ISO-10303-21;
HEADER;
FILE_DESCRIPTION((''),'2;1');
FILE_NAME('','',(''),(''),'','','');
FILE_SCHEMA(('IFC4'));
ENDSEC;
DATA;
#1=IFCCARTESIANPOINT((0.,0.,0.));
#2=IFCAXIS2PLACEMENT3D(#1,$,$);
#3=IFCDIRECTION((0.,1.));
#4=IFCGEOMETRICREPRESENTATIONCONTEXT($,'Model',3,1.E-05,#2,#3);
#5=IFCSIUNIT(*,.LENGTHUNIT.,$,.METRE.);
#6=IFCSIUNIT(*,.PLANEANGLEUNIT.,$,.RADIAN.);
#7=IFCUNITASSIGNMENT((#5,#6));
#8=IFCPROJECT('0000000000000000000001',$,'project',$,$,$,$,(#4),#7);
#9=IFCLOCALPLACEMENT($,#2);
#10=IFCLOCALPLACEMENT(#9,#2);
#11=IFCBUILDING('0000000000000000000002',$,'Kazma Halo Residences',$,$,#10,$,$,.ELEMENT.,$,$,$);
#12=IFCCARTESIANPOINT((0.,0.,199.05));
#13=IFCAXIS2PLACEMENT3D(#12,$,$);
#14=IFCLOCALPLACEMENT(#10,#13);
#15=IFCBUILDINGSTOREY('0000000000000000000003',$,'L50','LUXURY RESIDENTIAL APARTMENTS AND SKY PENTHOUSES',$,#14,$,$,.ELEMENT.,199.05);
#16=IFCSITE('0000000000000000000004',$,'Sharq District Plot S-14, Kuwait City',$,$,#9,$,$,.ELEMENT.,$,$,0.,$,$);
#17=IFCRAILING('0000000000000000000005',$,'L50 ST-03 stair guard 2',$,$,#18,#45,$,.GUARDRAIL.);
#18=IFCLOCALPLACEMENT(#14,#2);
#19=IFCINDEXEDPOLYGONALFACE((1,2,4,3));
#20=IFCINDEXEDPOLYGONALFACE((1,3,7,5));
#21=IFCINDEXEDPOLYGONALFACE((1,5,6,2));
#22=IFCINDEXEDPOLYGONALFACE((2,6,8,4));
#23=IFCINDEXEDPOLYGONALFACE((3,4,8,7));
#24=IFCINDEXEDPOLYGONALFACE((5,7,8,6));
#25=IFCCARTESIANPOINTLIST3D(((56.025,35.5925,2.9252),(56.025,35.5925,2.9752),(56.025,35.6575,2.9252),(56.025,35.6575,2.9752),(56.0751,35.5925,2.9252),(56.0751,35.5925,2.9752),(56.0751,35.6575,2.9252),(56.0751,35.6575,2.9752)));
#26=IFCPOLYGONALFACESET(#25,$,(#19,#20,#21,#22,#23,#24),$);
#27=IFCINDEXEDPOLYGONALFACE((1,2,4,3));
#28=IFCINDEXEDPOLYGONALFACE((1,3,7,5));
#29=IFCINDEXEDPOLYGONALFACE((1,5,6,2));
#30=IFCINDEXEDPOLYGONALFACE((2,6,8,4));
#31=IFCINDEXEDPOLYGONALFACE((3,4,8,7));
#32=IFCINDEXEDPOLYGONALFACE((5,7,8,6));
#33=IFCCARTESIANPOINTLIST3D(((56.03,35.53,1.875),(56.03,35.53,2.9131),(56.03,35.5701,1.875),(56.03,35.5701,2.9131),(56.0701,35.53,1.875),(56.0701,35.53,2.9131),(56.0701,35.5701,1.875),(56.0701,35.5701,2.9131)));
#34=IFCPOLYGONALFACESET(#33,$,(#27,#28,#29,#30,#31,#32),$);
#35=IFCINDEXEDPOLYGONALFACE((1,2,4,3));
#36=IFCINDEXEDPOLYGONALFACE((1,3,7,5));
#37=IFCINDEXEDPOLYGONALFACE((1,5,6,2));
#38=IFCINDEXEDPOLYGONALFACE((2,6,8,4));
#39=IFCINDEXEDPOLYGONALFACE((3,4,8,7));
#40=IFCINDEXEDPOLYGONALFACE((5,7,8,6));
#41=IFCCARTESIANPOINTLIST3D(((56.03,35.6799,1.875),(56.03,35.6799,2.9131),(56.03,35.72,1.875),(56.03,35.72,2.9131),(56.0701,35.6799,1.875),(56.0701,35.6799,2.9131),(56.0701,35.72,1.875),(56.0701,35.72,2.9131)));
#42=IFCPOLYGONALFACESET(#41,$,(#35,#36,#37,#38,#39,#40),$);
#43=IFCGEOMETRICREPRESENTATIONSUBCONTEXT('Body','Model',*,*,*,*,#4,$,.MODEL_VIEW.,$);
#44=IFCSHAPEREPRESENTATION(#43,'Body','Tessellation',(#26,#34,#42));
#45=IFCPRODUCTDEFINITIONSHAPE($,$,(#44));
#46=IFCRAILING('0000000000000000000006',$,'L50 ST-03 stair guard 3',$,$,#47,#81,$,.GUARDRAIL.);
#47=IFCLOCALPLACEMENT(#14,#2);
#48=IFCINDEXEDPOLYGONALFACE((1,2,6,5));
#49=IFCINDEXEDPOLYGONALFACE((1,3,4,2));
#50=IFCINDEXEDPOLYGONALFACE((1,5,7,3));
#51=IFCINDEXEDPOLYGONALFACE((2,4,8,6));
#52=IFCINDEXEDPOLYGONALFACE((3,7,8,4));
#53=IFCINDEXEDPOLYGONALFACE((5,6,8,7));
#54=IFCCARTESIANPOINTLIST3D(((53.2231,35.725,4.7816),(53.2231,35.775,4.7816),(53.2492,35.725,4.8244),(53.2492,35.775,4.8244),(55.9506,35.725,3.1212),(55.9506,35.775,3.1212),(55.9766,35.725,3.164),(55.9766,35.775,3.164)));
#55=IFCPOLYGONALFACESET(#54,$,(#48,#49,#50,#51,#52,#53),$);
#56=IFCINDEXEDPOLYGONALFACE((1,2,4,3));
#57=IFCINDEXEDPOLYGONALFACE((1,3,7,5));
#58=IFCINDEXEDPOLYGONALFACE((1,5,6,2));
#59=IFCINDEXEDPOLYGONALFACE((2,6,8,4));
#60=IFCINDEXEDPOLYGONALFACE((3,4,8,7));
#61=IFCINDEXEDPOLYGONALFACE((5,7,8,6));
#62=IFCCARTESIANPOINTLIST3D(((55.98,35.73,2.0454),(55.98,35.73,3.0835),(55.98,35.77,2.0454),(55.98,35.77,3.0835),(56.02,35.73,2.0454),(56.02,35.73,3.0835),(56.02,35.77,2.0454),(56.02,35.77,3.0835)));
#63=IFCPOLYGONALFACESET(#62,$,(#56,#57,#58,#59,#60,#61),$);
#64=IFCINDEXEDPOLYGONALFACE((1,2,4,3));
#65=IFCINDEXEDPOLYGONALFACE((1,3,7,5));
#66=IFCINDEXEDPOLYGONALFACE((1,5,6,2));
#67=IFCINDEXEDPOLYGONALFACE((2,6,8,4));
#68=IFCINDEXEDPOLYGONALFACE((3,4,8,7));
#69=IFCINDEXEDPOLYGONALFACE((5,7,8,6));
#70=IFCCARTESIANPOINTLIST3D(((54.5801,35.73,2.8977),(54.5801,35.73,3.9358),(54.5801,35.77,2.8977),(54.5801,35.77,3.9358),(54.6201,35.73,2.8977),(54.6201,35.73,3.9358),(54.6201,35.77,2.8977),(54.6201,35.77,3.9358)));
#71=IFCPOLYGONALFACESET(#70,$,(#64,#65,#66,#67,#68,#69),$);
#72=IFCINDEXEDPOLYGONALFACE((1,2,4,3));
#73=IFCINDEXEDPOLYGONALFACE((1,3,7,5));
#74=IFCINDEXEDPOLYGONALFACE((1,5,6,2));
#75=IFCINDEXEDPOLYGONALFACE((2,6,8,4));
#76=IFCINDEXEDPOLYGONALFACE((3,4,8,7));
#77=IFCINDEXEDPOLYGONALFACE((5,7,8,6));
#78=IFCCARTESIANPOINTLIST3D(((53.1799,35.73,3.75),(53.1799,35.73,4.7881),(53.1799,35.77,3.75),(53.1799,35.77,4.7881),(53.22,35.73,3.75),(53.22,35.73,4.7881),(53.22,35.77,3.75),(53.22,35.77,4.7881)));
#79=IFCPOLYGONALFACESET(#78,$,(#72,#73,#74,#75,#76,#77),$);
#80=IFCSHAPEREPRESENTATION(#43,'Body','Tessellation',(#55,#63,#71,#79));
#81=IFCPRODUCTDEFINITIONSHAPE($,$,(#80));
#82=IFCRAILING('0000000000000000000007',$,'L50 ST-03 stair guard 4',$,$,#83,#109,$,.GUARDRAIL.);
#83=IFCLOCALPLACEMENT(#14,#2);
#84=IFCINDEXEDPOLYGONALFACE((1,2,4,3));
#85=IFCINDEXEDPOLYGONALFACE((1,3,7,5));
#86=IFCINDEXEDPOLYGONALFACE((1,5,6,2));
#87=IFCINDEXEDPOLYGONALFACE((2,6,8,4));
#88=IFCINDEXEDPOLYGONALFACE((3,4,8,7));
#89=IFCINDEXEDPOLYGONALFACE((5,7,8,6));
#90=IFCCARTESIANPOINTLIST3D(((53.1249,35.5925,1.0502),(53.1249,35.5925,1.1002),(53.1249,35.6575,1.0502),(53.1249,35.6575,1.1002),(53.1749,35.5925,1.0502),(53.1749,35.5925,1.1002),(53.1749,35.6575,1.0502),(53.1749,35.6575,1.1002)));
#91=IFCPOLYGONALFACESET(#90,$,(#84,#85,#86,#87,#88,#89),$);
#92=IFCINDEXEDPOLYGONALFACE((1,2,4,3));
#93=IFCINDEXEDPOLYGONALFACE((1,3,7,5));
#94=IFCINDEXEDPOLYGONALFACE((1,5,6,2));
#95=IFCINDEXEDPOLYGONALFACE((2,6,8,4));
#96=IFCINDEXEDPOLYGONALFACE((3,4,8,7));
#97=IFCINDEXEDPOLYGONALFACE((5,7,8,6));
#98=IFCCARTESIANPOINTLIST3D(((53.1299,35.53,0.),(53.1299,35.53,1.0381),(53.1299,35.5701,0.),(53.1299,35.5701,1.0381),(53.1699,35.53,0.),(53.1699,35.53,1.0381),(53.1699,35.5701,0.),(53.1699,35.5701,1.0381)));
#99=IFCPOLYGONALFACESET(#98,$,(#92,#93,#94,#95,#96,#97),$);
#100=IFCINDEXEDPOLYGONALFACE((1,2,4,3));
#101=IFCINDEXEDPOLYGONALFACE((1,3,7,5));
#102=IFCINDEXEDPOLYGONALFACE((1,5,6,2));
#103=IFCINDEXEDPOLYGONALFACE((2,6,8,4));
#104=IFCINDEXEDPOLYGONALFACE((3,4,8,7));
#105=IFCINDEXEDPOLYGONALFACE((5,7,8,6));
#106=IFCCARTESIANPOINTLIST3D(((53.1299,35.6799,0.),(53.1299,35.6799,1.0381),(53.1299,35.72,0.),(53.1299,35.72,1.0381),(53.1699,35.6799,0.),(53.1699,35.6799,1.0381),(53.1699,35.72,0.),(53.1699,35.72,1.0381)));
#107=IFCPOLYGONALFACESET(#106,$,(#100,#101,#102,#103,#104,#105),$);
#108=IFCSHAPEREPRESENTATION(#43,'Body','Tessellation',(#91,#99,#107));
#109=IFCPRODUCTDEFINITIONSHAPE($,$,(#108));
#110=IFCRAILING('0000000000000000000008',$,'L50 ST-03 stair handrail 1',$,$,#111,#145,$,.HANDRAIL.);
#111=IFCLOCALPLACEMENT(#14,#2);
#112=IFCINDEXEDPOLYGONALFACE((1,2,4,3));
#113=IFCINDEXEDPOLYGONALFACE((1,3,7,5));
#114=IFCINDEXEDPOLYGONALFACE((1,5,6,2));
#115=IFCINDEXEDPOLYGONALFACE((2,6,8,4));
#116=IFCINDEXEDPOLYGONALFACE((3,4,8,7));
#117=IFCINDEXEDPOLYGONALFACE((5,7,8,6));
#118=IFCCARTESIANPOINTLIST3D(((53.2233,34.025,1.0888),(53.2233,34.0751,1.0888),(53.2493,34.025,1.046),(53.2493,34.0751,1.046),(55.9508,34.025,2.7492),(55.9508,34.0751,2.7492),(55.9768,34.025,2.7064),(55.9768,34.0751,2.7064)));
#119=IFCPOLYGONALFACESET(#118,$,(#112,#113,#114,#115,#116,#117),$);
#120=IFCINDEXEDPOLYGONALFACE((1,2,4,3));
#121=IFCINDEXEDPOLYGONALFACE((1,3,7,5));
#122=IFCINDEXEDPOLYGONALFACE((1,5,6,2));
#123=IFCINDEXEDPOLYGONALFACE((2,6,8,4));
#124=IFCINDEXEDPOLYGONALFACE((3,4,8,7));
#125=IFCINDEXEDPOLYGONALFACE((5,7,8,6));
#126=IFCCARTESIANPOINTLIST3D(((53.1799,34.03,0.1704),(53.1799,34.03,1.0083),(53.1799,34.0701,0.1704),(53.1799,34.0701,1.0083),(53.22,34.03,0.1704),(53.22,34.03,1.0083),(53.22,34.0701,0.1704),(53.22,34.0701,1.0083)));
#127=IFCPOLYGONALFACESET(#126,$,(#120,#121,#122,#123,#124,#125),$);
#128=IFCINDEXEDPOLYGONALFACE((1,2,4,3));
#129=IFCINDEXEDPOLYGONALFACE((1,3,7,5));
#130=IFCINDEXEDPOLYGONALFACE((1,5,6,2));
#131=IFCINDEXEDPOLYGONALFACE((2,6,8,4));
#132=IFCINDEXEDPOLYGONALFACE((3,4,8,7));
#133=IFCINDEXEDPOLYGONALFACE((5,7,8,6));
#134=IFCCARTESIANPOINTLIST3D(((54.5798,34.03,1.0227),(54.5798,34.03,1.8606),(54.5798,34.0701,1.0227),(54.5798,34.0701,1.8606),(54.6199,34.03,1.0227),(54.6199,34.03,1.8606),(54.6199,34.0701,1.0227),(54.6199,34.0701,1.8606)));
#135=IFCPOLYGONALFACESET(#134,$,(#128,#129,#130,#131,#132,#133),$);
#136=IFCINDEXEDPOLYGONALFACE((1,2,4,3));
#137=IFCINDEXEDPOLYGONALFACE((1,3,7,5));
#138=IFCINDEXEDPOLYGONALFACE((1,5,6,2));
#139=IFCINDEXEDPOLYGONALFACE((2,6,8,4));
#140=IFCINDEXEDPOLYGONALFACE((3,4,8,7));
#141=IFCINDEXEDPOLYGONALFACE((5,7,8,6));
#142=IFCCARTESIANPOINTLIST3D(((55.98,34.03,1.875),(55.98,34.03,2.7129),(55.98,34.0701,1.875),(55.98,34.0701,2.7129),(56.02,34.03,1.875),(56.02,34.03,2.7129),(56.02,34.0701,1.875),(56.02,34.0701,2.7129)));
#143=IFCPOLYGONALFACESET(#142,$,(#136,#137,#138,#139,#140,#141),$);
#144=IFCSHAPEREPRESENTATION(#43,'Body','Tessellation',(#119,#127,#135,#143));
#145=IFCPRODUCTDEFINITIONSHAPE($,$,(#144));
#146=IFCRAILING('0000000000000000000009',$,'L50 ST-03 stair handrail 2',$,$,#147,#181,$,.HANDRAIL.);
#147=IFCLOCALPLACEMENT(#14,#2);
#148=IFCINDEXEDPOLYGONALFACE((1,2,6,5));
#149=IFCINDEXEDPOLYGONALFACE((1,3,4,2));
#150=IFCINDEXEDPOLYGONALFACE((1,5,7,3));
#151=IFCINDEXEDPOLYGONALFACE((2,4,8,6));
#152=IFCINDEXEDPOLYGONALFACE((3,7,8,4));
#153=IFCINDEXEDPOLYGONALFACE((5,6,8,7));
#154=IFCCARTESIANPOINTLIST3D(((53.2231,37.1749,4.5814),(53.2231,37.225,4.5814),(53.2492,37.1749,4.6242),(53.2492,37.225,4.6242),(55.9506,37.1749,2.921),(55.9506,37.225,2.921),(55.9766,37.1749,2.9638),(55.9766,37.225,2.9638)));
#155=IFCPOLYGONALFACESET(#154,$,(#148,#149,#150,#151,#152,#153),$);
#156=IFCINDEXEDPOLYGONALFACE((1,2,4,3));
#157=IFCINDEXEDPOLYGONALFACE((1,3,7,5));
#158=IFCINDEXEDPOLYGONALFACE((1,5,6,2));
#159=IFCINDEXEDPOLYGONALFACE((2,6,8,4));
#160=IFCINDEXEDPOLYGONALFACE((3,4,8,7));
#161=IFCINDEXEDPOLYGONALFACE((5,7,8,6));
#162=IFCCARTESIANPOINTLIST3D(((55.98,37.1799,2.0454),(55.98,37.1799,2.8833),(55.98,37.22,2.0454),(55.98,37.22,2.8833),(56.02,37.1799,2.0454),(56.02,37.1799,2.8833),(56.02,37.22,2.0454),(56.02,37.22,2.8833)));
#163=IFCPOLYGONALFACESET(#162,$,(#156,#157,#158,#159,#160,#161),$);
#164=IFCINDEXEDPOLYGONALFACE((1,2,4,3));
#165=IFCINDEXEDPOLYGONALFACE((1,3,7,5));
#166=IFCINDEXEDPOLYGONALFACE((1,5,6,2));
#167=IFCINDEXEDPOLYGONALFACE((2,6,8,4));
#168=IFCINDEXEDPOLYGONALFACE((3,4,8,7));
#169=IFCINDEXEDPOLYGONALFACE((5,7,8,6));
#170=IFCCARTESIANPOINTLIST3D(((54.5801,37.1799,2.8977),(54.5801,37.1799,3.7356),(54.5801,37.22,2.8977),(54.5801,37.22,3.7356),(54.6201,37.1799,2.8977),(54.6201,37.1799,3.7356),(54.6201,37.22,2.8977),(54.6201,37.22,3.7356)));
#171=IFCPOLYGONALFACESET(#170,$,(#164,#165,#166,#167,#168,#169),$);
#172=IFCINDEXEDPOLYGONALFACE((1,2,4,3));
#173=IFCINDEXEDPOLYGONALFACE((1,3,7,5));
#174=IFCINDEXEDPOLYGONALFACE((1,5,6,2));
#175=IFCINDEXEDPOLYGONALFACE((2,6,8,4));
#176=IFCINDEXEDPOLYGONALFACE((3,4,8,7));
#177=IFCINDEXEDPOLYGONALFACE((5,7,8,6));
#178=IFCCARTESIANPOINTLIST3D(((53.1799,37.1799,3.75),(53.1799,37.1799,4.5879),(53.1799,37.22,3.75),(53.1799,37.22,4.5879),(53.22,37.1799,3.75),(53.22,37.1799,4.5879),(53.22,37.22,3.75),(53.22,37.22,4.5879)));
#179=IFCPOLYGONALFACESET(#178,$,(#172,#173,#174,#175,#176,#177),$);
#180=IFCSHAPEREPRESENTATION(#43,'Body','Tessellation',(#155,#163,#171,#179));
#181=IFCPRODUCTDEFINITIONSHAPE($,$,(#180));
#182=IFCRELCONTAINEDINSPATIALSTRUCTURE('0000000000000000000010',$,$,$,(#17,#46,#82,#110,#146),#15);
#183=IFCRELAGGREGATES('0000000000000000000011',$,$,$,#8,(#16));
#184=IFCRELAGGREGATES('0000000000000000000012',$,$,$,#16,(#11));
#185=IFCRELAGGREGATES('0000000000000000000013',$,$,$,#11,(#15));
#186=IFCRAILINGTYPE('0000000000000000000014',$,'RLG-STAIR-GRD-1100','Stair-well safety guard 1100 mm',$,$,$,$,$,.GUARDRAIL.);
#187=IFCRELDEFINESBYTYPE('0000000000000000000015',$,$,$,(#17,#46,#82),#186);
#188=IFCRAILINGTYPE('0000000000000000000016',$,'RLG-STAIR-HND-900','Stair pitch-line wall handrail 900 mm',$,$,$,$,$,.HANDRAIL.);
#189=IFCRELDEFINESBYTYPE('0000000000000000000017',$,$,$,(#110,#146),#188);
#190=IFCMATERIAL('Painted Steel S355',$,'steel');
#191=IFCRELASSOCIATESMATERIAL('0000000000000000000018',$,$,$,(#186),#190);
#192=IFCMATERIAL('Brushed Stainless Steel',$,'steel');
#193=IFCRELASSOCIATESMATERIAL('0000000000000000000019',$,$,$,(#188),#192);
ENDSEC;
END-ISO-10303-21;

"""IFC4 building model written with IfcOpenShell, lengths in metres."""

from ifc_helpers import new_model, si_unit, direction, frame, origin, origin_2d, place, context, subcontext, project, spatial, rectangle, extrude, material, type_object, element, save


model = new_model("IFC4")

# Units and contexts
model_context = context("Model", 3, precision=1e-05, world=origin(), true_north=direction((0.0, 1.0)))
body_context = subcontext(model_context, "Body", "Model", "MODEL_VIEW")
ifc_project = project(units=[si_unit("LENGTHUNIT", "METRE"), si_unit("PLANEANGLEUNIT", "RADIAN")], contexts=[model_context])

# Site, building, storey
site_placement = place(None, origin())
site = spatial("IfcSite", under=ifc_project, at=site_placement, Name="Sharq District Plot S-14, Kuwait City", CompositionType="ELEMENT", RefElevation=0.0)
building_placement = place(site_placement, origin())
building = spatial("IfcBuilding", under=site, at=building_placement, Name="Kazma Halo Residences", CompositionType="ELEMENT")
storey_placement = place(building_placement, frame((0.0, 0.0, 199.05)))
storey = spatial("IfcBuildingStorey", under=building, at=storey_placement, Name="L50", Description="LUXURY RESIDENTIAL APARTMENTS AND SKY PENTHOUSES", CompositionType="ELEMENT", Elevation=199.05)

# Railings
ifc_material_1 = material(Name="Painted Steel S355", Category="steel")
railing_type_1 = type_object("IfcRailingType", Name="RLG-STAIR-GRD-1100", Description="Stair-well safety guard 1100 mm", PredefinedType="GUARDRAIL", material=ifc_material_1)
railing_1_placement = place(storey_placement, frame((56.05, 35.55, 1.875)))
element("IfcRailing", 1, at=railing_1_placement, inside=storey, type_object=railing_type_1, Name="L50 ST-03 stair guard 2", PredefinedType="GUARDRAIL", context=body_context, shape_type="SweptSolid", body=[
    extrude(rectangle(XDim=0.05, YDim=0.05, at=origin_2d()), frame((0.0, 0.0425, 1.0752), z_axis=(0.0, 1.0, 0.0), x_axis=(-1.0, 0.0, 0.0)), (0.0, 0.0, 1.0), 0.0649),
    extrude(rectangle(XDim=0.04, YDim=0.04, at=origin_2d()), origin(), (0.0, 0.0, 1.0), 1.0381),
    extrude(rectangle(XDim=0.04, YDim=0.04, at=origin_2d()), frame((0.0, 0.1499, 0.0)), (0.0, 0.0, 1.0), 1.0381),
])
railing_2_placement = place(storey_placement, frame((56.0, 35.75, 2.0454)))
element("IfcRailing", 2, at=railing_2_placement, inside=storey, type_object=railing_type_1, Name="L50 ST-03 stair guard 3", PredefinedType="GUARDRAIL", context=body_context, shape_type="SweptSolid", body=[
    extrude(rectangle(XDim=0.05, YDim=0.05, at=origin_2d()), frame((-0.0364, 0.0, 1.0972), z_axis=(-0.85417, 0.0, 0.519994), x_axis=(0.0, -1.0, 0.0)), (0.0, 0.0, 1.0), 3.1931),
    extrude(rectangle(XDim=0.04, YDim=0.04, at=origin_2d()), origin(), (0.0, 0.0, 1.0), 1.0381),
    extrude(rectangle(XDim=0.04, YDim=0.04, at=origin_2d()), frame((-1.3999, 0.0, 0.8523)), (0.0, 0.0, 1.0), 1.0381),
    extrude(rectangle(XDim=0.04, YDim=0.04, at=origin_2d()), frame((-2.8, 0.0, 1.7046)), (0.0, 0.0, 1.0), 1.0381),
])
railing_3_placement = place(storey_placement, frame((53.1499, 35.55, 0.0)))
element("IfcRailing", 3, at=railing_3_placement, inside=storey, type_object=railing_type_1, Name="L50 ST-03 stair guard 4", PredefinedType="GUARDRAIL", context=body_context, shape_type="SweptSolid", body=[
    extrude(rectangle(XDim=0.05, YDim=0.05, at=origin_2d()), frame((0.0, 0.0425, 1.0752), z_axis=(0.0, 1.0, 0.0), x_axis=(-1.0, 0.0, 0.0)), (0.0, 0.0, 1.0), 0.0649),
    extrude(rectangle(XDim=0.04, YDim=0.04, at=origin_2d()), origin(), (0.0, 0.0, 1.0), 1.0381),
    extrude(rectangle(XDim=0.04, YDim=0.04, at=origin_2d()), frame((0.0, 0.1499, 0.0)), (0.0, 0.0, 1.0), 1.0381),
])
ifc_material_2 = material(Name="Brushed Stainless Steel", Category="steel")
railing_type_2 = type_object("IfcRailingType", Name="RLG-STAIR-HND-900", Description="Stair pitch-line wall handrail 900 mm", PredefinedType="HANDRAIL", material=ifc_material_2)
railing_4_placement = place(storey_placement, frame((53.2, 34.05, 0.1704)))
element("IfcRailing", 4, at=railing_4_placement, inside=storey, type_object=railing_type_2, Name="L50 ST-03 stair handrail 1", PredefinedType="HANDRAIL", context=body_context, shape_type="SweptSolid", body=[
    extrude(rectangle(XDim=0.05, YDim=0.05, at=origin_2d()), frame((0.0364, 0.0, 0.897), z_axis=(0.85417, 0.0, 0.519994), x_axis=(0.0, 1.0, 0.0)), (0.0, 0.0, 1.0), 3.1931),
    extrude(rectangle(XDim=0.04, YDim=0.04, at=origin_2d()), origin(), (0.0, 0.0, 1.0), 0.8379),
    extrude(rectangle(XDim=0.04, YDim=0.04, at=origin_2d()), frame((1.3999, 0.0, 0.8523)), (0.0, 0.0, 1.0), 0.8379),
    extrude(rectangle(XDim=0.04, YDim=0.04, at=origin_2d()), frame((2.8, 0.0, 1.7046)), (0.0, 0.0, 1.0), 0.8379),
])
railing_5_placement = place(storey_placement, frame((56.0, 37.2, 2.0454)))
element("IfcRailing", 5, at=railing_5_placement, inside=storey, type_object=railing_type_2, Name="L50 ST-03 stair handrail 2", PredefinedType="HANDRAIL", context=body_context, shape_type="SweptSolid", body=[
    extrude(rectangle(XDim=0.05, YDim=0.05, at=origin_2d()), frame((-0.0364, 0.0, 0.897), z_axis=(-0.85417, 0.0, 0.519994), x_axis=(0.0, -1.0, 0.0)), (0.0, 0.0, 1.0), 3.1931),
    extrude(rectangle(XDim=0.04, YDim=0.04, at=origin_2d()), origin(), (0.0, 0.0, 1.0), 0.8379),
    extrude(rectangle(XDim=0.04, YDim=0.04, at=origin_2d()), frame((-1.3999, 0.0, 0.8523)), (0.0, 0.0, 1.0), 0.8379),
    extrude(rectangle(XDim=0.04, YDim=0.04, at=origin_2d()), frame((-2.8, 0.0, 1.7046)), (0.0, 0.0, 1.0), 0.8379),
])

save(model, "model.ifc")
